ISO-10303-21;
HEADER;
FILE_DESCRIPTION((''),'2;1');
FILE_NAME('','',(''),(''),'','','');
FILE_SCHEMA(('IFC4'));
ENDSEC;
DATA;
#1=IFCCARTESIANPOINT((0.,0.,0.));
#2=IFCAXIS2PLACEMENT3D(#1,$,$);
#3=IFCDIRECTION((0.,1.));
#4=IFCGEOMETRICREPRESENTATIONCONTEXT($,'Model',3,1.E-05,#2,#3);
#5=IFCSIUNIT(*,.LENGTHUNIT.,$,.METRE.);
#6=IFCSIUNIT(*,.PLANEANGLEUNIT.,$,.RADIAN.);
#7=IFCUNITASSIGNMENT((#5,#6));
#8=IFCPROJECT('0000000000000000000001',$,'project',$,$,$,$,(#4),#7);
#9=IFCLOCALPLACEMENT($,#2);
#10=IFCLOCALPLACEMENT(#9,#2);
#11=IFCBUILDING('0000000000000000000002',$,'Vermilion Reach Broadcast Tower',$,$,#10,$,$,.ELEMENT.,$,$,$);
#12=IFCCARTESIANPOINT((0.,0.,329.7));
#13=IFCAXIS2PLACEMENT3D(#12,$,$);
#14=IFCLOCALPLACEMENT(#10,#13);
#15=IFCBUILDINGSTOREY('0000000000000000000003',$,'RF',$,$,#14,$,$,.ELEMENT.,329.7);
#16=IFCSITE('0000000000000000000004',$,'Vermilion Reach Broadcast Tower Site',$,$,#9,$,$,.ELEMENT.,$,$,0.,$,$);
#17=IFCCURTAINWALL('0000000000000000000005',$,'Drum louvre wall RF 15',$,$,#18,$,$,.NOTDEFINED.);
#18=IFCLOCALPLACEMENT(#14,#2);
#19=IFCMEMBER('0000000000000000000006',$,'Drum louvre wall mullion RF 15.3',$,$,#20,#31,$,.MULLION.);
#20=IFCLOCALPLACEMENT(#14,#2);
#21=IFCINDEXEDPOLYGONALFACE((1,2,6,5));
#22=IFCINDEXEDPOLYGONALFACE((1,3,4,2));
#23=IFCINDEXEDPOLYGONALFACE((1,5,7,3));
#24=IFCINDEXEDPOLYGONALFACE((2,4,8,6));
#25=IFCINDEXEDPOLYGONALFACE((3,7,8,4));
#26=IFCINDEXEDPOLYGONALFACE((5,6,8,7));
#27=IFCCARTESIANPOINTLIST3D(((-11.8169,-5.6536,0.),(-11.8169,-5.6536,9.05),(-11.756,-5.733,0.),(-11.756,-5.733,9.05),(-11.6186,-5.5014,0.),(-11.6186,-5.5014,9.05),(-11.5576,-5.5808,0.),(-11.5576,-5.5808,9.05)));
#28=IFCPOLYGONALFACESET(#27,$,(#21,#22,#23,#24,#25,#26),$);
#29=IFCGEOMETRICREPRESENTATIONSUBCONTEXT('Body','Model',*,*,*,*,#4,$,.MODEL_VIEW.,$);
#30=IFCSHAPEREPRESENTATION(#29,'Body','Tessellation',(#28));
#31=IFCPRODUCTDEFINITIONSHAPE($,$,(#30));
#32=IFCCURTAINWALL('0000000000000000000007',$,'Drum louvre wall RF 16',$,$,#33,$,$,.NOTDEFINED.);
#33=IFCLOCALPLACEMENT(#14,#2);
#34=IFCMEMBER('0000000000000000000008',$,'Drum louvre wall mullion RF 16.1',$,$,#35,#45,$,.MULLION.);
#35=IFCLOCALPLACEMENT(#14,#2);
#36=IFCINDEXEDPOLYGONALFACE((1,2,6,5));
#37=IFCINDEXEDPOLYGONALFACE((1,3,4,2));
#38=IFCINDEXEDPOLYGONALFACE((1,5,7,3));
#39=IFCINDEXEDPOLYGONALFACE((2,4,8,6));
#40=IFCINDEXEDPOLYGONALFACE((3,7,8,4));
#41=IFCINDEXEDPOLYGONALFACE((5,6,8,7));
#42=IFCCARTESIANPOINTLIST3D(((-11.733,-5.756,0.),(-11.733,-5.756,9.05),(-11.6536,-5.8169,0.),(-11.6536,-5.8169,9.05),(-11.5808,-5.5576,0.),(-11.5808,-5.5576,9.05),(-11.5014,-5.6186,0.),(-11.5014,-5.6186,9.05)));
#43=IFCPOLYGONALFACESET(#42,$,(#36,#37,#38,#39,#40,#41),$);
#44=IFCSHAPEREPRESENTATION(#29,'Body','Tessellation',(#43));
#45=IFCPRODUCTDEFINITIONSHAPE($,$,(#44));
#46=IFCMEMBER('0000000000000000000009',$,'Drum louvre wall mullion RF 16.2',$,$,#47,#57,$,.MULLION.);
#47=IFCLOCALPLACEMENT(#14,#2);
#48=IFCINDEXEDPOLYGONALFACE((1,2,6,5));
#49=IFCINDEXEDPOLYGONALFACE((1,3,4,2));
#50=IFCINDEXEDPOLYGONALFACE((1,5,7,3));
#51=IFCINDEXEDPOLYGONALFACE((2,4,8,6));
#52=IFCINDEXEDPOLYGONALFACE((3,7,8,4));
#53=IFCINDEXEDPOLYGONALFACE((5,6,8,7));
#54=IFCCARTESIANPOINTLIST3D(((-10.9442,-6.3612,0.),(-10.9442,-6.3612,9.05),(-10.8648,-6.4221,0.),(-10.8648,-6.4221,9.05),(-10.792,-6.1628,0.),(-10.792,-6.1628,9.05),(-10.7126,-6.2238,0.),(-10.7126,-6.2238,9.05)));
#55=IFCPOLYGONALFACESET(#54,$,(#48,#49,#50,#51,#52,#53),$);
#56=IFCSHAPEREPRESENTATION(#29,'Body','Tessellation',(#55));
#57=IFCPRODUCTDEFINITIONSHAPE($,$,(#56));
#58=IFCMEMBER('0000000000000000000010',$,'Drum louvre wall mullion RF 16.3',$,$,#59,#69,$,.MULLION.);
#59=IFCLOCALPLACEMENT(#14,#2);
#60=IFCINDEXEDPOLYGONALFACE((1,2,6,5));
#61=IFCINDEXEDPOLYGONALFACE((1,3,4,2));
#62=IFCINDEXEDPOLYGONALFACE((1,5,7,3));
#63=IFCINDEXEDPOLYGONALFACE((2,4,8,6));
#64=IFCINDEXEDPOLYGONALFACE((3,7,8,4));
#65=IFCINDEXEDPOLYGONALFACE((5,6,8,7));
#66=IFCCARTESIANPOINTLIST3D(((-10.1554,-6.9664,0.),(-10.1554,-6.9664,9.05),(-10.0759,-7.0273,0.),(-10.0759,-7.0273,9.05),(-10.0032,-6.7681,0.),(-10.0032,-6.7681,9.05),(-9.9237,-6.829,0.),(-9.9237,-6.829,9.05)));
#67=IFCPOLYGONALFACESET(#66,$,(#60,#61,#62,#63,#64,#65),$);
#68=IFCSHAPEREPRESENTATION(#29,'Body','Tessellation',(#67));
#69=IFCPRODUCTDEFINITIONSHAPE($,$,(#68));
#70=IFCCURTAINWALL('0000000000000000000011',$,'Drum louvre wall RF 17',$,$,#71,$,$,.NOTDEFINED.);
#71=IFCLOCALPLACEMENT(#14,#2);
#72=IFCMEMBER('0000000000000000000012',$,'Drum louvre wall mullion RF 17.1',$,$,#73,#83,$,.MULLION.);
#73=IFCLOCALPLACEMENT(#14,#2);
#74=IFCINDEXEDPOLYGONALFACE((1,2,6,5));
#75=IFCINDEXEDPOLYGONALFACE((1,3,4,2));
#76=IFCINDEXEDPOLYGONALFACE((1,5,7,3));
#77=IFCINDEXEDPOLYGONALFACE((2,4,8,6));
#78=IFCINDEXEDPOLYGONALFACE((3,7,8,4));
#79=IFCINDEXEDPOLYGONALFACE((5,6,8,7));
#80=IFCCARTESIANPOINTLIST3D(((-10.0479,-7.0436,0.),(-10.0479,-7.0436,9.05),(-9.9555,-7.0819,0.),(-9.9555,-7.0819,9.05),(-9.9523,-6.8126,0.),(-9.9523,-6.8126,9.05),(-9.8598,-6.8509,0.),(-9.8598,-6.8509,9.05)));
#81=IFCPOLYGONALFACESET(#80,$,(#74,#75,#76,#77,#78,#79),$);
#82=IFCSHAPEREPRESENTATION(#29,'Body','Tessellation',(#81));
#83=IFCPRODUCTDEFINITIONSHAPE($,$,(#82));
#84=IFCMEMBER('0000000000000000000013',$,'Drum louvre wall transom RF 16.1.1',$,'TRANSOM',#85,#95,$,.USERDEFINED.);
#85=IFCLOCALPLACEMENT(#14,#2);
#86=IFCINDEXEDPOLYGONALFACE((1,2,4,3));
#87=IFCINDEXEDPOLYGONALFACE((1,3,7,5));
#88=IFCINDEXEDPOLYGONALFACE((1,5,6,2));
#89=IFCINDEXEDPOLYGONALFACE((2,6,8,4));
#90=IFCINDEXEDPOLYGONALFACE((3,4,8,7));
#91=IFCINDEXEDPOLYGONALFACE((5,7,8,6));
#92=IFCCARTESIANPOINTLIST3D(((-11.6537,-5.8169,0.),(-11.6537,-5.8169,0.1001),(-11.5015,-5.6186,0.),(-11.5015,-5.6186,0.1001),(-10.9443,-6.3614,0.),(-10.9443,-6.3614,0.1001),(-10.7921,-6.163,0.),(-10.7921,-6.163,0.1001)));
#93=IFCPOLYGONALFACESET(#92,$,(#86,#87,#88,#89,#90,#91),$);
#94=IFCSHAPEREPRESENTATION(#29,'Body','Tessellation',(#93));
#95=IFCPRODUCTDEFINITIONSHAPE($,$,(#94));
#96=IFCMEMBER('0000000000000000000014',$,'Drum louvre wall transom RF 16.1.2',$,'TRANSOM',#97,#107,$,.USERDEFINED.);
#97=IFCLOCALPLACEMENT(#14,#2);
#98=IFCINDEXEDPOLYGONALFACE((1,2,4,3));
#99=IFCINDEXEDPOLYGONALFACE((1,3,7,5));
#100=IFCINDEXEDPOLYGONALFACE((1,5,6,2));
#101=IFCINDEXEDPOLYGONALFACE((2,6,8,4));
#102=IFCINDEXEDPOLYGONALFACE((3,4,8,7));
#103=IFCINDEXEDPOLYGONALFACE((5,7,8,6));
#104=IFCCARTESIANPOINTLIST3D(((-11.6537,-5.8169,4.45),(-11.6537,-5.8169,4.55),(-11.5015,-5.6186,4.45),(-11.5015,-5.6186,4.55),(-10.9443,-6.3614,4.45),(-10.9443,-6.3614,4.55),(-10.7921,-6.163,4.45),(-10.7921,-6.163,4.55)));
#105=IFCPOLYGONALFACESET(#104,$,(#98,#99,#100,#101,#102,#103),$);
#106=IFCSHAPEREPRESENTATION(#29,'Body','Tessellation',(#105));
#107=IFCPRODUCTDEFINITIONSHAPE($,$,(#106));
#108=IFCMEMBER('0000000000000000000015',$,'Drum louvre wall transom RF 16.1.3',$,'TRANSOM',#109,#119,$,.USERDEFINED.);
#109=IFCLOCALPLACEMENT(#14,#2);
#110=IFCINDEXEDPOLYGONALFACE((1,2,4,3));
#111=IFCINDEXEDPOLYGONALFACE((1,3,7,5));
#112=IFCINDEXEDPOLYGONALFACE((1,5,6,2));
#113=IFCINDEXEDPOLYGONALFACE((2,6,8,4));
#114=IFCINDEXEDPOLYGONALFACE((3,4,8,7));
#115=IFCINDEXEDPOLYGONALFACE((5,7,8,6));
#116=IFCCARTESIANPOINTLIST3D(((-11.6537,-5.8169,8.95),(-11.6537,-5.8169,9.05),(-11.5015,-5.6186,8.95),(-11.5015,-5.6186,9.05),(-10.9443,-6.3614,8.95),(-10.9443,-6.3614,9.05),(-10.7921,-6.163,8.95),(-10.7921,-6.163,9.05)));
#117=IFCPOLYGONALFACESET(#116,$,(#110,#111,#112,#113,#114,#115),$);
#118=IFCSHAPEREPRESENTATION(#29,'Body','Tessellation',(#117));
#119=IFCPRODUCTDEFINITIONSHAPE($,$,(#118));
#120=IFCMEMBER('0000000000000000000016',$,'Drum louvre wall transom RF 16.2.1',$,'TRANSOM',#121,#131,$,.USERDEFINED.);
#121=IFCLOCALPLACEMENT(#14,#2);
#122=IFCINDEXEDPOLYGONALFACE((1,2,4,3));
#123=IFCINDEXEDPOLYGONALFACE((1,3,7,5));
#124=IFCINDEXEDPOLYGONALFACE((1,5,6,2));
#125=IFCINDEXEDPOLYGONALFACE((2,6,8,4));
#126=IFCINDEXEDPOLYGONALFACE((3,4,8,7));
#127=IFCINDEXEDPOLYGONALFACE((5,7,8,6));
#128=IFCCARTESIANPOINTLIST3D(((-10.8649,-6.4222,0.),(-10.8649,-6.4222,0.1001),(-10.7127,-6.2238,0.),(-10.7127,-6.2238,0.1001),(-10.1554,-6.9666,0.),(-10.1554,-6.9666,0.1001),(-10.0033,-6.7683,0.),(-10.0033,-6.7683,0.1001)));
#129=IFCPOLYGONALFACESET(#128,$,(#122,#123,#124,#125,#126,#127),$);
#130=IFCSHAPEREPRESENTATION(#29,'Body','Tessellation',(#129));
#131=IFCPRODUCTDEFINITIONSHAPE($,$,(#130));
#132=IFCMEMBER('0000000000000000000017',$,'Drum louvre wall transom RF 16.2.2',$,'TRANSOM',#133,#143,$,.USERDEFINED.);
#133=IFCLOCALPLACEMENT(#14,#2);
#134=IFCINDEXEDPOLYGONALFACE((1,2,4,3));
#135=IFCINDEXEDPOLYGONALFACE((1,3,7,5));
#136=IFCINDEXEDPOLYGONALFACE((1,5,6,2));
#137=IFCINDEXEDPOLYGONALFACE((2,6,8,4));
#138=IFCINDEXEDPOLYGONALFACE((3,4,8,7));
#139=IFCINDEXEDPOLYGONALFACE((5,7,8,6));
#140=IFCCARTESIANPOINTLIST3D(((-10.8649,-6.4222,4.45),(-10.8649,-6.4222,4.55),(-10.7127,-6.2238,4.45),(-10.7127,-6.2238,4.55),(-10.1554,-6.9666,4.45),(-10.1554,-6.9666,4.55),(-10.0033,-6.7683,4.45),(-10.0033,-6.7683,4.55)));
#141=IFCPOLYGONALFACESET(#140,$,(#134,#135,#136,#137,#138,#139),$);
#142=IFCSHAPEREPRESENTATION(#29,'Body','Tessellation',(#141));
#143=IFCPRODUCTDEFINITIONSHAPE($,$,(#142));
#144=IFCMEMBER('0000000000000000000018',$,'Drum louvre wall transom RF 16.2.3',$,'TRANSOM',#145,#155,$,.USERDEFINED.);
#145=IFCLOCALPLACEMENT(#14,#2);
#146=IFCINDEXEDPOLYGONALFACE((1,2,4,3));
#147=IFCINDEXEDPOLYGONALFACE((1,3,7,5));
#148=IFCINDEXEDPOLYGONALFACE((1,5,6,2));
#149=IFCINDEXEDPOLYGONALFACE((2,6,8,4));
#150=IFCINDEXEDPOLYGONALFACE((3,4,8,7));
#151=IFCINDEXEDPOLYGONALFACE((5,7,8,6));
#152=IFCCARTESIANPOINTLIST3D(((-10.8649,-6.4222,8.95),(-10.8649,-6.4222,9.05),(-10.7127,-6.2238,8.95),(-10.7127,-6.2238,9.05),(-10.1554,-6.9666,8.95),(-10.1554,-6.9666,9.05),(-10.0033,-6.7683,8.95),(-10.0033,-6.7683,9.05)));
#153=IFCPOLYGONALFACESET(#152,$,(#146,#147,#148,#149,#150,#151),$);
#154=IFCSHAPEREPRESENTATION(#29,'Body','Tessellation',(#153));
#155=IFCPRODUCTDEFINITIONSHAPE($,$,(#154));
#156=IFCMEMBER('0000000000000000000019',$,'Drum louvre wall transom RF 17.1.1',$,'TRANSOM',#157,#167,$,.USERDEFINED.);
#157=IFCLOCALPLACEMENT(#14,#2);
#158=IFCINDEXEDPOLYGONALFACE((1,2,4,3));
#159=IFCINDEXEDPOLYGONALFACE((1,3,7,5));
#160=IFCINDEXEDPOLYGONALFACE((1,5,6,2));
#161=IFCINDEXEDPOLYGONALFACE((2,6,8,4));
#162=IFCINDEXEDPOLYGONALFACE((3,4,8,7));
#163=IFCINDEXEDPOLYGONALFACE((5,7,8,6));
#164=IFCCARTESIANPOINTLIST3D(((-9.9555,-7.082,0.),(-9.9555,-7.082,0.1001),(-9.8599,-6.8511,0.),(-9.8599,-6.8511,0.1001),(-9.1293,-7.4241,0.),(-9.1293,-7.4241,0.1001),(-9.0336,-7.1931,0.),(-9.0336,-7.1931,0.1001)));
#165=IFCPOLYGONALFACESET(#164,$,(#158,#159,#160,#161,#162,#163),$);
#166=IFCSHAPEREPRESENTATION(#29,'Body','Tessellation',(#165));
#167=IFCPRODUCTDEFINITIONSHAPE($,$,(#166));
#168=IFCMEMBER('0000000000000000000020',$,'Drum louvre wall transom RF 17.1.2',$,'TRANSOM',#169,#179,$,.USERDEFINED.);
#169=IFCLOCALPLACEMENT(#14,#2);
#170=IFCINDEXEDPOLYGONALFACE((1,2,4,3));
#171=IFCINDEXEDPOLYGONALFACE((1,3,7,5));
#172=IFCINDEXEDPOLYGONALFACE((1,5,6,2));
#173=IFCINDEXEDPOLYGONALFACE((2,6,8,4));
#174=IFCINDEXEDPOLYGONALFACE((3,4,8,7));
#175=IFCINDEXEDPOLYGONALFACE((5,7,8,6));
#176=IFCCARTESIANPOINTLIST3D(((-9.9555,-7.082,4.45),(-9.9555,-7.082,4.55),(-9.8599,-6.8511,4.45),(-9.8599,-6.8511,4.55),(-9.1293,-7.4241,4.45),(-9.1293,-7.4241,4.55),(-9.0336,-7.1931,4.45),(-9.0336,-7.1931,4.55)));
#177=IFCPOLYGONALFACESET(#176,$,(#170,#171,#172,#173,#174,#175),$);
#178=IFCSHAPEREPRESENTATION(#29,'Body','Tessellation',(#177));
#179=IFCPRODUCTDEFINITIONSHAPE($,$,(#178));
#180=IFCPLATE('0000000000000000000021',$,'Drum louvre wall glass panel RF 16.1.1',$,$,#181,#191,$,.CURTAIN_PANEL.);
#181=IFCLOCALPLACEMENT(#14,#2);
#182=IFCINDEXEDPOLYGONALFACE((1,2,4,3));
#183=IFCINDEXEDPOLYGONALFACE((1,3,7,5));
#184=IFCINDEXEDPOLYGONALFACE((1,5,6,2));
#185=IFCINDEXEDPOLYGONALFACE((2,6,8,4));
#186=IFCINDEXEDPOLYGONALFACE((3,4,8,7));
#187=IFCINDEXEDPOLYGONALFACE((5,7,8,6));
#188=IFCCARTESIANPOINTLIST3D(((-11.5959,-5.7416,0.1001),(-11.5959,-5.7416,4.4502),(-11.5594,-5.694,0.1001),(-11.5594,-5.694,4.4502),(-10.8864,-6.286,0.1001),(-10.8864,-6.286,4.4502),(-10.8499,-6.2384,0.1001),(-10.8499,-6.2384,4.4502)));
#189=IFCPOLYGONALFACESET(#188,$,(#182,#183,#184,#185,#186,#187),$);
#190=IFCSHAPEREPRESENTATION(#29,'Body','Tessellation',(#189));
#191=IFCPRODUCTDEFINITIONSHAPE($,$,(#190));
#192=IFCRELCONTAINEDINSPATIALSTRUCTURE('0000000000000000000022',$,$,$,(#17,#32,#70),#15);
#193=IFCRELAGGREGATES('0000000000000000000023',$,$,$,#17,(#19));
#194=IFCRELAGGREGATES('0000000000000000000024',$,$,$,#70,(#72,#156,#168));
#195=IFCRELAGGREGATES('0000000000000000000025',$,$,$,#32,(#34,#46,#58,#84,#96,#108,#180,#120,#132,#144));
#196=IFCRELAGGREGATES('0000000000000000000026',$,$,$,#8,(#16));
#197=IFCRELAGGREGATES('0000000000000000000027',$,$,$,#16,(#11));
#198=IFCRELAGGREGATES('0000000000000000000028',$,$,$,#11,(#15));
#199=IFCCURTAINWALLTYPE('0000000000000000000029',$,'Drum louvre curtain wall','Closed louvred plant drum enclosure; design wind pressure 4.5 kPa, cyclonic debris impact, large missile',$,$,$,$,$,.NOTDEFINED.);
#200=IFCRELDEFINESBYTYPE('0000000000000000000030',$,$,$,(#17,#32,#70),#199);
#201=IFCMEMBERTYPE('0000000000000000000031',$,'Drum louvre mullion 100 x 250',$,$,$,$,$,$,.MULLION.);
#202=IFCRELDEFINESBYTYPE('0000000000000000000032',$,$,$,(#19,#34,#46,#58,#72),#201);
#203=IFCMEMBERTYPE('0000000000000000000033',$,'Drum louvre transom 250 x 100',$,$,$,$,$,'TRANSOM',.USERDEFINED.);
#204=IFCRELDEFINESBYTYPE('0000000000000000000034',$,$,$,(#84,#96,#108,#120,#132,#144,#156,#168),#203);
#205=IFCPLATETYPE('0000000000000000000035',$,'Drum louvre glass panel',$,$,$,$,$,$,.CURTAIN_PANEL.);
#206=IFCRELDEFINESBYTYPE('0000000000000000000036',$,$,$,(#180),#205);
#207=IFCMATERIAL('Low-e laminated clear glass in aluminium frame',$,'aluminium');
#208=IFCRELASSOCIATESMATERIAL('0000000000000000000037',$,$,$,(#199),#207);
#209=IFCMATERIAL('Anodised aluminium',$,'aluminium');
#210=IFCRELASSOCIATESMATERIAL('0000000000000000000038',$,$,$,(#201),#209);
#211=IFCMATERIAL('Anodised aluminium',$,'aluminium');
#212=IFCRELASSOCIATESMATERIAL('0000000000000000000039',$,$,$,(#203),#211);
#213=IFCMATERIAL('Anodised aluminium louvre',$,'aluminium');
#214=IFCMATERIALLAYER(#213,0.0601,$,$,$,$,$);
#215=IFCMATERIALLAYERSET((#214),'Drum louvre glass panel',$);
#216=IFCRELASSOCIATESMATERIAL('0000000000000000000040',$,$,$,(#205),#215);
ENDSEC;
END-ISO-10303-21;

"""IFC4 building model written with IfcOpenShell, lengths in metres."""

from ifc_helpers import new_model, si_unit, direction, frame, origin, origin_2d, place, context, subcontext, project, spatial, rectangle, extrude, material, layer, layer_set, material_profile, profile_set, type_object, element, aggregate, save


model = new_model("IFC4")

# Units and contexts
model_context = context("Model", 3, precision=1e-05, world=origin(), true_north=direction((0.0, 1.0)))
body_context = subcontext(model_context, "Body", "Model", "MODEL_VIEW")
ifc_project = project(units=[si_unit("LENGTHUNIT", "METRE"), si_unit("PLANEANGLEUNIT", "RADIAN")], contexts=[model_context])

# Site, building, storey
site_placement = place(None, origin())
site = spatial("IfcSite", under=ifc_project, at=site_placement, Name="Vermilion Reach Broadcast Tower Site", CompositionType="ELEMENT", RefElevation=0.0)
building_placement = place(site_placement, origin())
building = spatial("IfcBuilding", under=site, at=building_placement, Name="Vermilion Reach Broadcast Tower", CompositionType="ELEMENT")
storey_placement = place(building_placement, frame((0.0, 0.0, 329.7)))
storey = spatial("IfcBuildingStorey", under=building, at=storey_placement, Name="RF", CompositionType="ELEMENT", Elevation=329.7)

# Curtain wall, member
ifc_material_1 = material(Name="Low-e laminated clear glass in aluminium frame", Category="aluminium")
curtain_wall_type = type_object("IfcCurtainWallType", Name="Drum louvre curtain wall", Description="Closed louvred plant drum enclosure; design wind pressure 4.5 kPa, cyclonic debris impact, large missile", PredefinedType="NOTDEFINED", material=ifc_material_1)
placement = place(storey_placement, origin())
curtain_wall_1 = element("IfcCurtainWall", 1, at=placement, inside=storey, type_object=curtain_wall_type, Name="Drum louvre wall RF 15", PredefinedType="NOTDEFINED")
ifc_material_2 = material(Name="Anodised aluminium", Category="aluminium")
ifc_material_profile_1 = material_profile(ifc_material_2, rectangle(XDim=0.25, YDim=0.1001, at=origin_2d()), Name="Drum louvre mullion 100 x 250")
ifc_profile_set_1 = profile_set([ifc_material_profile_1], Name="Anodised aluminium")
member_type_1 = type_object("IfcMemberType", Name="Drum louvre mullion 100 x 250", PredefinedType="MULLION", material=ifc_profile_set_1)
member_1_placement = place(storey_placement, frame((-11.6873, -5.6172, 0.0), z_axis=(0.0, 0.0, 1.0), x_axis=(0.793353, 0.608761, 0.0)))
member_1 = element("IfcMember", 2, at=member_1_placement, type_object=member_type_1, Name="Drum louvre wall mullion RF 15.3", PredefinedType="MULLION", context=body_context, shape_type="SweptSolid", body=[
    extrude(rectangle(XDim=0.25, YDim=0.1001, at=origin_2d()), origin(), (0.0, 0.0, 1.0), 9.05),
])
aggregate(curtain_wall_1, [member_1])

# Curtain wall, members
curtain_wall_2 = element("IfcCurtainWall", 3, at=placement, inside=storey, type_object=curtain_wall_type, Name="Drum louvre wall RF 16", PredefinedType="NOTDEFINED")
member_2_placement = place(storey_placement, frame((-11.6172, -5.6873, 0.0), z_axis=(0.0, 0.0, 1.0), x_axis=(0.608761, 0.793353, 0.0)))
member_2 = element("IfcMember", 4, at=member_2_placement, type_object=member_type_1, Name="Drum louvre wall mullion RF 16.1", PredefinedType="MULLION", context=body_context, shape_type="SweptSolid", body=[
    extrude(rectangle(XDim=0.25, YDim=0.1001, at=origin_2d()), origin(), (0.0, 0.0, 1.0), 9.05),
])
member_3_placement = place(storey_placement, frame((-10.8284, -6.2925, 0.0), z_axis=(0.0, 0.0, 1.0), x_axis=(0.608761, 0.793353, 0.0)))
member_3 = element("IfcMember", 5, at=member_3_placement, type_object=member_type_1, Name="Drum louvre wall mullion RF 16.2", PredefinedType="MULLION", context=body_context, shape_type="SweptSolid", body=[
    extrude(rectangle(XDim=0.25, YDim=0.1001, at=origin_2d()), origin(), (0.0, 0.0, 1.0), 9.05),
])
member_4_placement = place(storey_placement, frame((-10.0396, -6.8977, 0.0), z_axis=(0.0, 0.0, 1.0), x_axis=(0.608761, 0.793353, 0.0)))
member_4 = element("IfcMember", 6, at=member_4_placement, type_object=member_type_1, Name="Drum louvre wall mullion RF 16.3", PredefinedType="MULLION", context=body_context, shape_type="SweptSolid", body=[
    extrude(rectangle(XDim=0.25, YDim=0.1001, at=origin_2d()), origin(), (0.0, 0.0, 1.0), 9.05),
])

# Curtain wall, member
curtain_wall_3 = element("IfcCurtainWall", 7, at=placement, inside=storey, type_object=curtain_wall_type, Name="Drum louvre wall RF 17", PredefinedType="NOTDEFINED")
member_5_placement = place(storey_placement, frame((-9.9539, -6.9473, 0.0), z_axis=(0.0, 0.0, 1.0), x_axis=(0.382683, 0.92388, 0.0)))
member_5 = element("IfcMember", 8, at=member_5_placement, type_object=member_type_1, Name="Drum louvre wall mullion RF 17.1", PredefinedType="MULLION", context=body_context, shape_type="SweptSolid", body=[
    extrude(rectangle(XDim=0.25, YDim=0.1001, at=origin_2d()), origin(), (0.0, 0.0, 1.0), 9.05),
])

# Members
ifc_material_3 = material(Name="Anodised aluminium", Category="aluminium")
ifc_material_profile_2 = material_profile(ifc_material_3, rectangle(XDim=0.25, YDim=0.1001, at=origin_2d()), Name="Drum louvre transom 250 x 100")
ifc_profile_set_2 = profile_set([ifc_material_profile_2], Name="Anodised aluminium")
member_type_2 = type_object("IfcMemberType", Name="Drum louvre transom 250 x 100", ElementType="TRANSOM", PredefinedType="USERDEFINED", material=ifc_profile_set_2)
member_6_placement = place(storey_placement, frame((-11.5776, -5.7178, 0.05), z_axis=(0.793334, -0.608787, 0.0), x_axis=(0.608787, 0.793334, 0.0)))
member_6 = element("IfcMember", 9, at=member_6_placement, type_object=member_type_2, Name="Drum louvre wall transom RF 16.1.1", ObjectType="TRANSOM", PredefinedType="USERDEFINED", context=body_context, shape_type="SweptSolid", body=[
    extrude(rectangle(XDim=0.25, YDim=0.1001, at=origin_2d()), origin(), (0.0, 0.0, 1.0), 0.8943),
])
member_7_placement = place(storey_placement, frame((-11.5776, -5.7178, 4.5), z_axis=(0.793334, -0.608787, 0.0), x_axis=(0.608787, 0.793334, 0.0)))
member_7 = element("IfcMember", 10, at=member_7_placement, type_object=member_type_2, Name="Drum louvre wall transom RF 16.1.2", ObjectType="TRANSOM", PredefinedType="USERDEFINED", context=body_context, shape_type="SweptSolid", body=[
    extrude(rectangle(XDim=0.25, YDim=0.1001, at=origin_2d()), origin(), (0.0, 0.0, 1.0), 0.8943),
])
member_8_placement = place(storey_placement, frame((-11.5776, -5.7178, 9.0), z_axis=(0.793334, -0.608787, 0.0), x_axis=(0.608787, 0.793334, 0.0)))
member_8 = element("IfcMember", 11, at=member_8_placement, type_object=member_type_2, Name="Drum louvre wall transom RF 16.1.3", ObjectType="TRANSOM", PredefinedType="USERDEFINED", context=body_context, shape_type="SweptSolid", body=[
    extrude(rectangle(XDim=0.25, YDim=0.1001, at=origin_2d()), origin(), (0.0, 0.0, 1.0), 0.8943),
])
member_9_placement = place(storey_placement, frame((-10.7888, -6.323, 0.05), z_axis=(0.793334, -0.608787, 0.0), x_axis=(0.608787, 0.793334, 0.0)))
member_9 = element("IfcMember", 12, at=member_9_placement, type_object=member_type_2, Name="Drum louvre wall transom RF 16.2.1", ObjectType="TRANSOM", PredefinedType="USERDEFINED", context=body_context, shape_type="SweptSolid", body=[
    extrude(rectangle(XDim=0.25, YDim=0.1001, at=origin_2d()), origin(), (0.0, 0.0, 1.0), 0.8943),
])
member_10_placement = place(storey_placement, frame((-10.7888, -6.323, 4.5), z_axis=(0.793334, -0.608787, 0.0), x_axis=(0.608787, 0.793334, 0.0)))
member_10 = element("IfcMember", 13, at=member_10_placement, type_object=member_type_2, Name="Drum louvre wall transom RF 16.2.2", ObjectType="TRANSOM", PredefinedType="USERDEFINED", context=body_context, shape_type="SweptSolid", body=[
    extrude(rectangle(XDim=0.25, YDim=0.1001, at=origin_2d()), origin(), (0.0, 0.0, 1.0), 0.8943),
])
member_11_placement = place(storey_placement, frame((-10.7888, -6.323, 9.0), z_axis=(0.793334, -0.608787, 0.0), x_axis=(0.608787, 0.793334, 0.0)))
member_11 = element("IfcMember", 14, at=member_11_placement, type_object=member_type_2, Name="Drum louvre wall transom RF 16.2.3", ObjectType="TRANSOM", PredefinedType="USERDEFINED", context=body_context, shape_type="SweptSolid", body=[
    extrude(rectangle(XDim=0.25, YDim=0.1001, at=origin_2d()), origin(), (0.0, 0.0, 1.0), 0.8943),
])
member_12_placement = place(storey_placement, frame((-9.9077, -6.9666, 0.05), z_axis=(0.923947, -0.382521, 0.0), x_axis=(0.382521, 0.923947, 0.0)))
member_12 = element("IfcMember", 15, at=member_12_placement, type_object=member_type_2, Name="Drum louvre wall transom RF 17.1.1", ObjectType="TRANSOM", PredefinedType="USERDEFINED", context=body_context, shape_type="SweptSolid", body=[
    extrude(rectangle(XDim=0.25, YDim=0.1001, at=origin_2d()), origin(), (0.0, 0.0, 1.0), 0.8943),
])
member_13_placement = place(storey_placement, frame((-9.9077, -6.9666, 4.5), z_axis=(0.923947, -0.382521, 0.0), x_axis=(0.382521, 0.923947, 0.0)))
member_13 = element("IfcMember", 16, at=member_13_placement, type_object=member_type_2, Name="Drum louvre wall transom RF 17.1.2", ObjectType="TRANSOM", PredefinedType="USERDEFINED", context=body_context, shape_type="SweptSolid", body=[
    extrude(rectangle(XDim=0.25, YDim=0.1001, at=origin_2d()), origin(), (0.0, 0.0, 1.0), 0.8943),
])
aggregate(curtain_wall_3, [member_5, member_12, member_13])

# Plate
ifc_material_4 = material(Name="Anodised aluminium louvre", Category="aluminium")
ifc_layer_1 = layer(ifc_material_4, 0.0601)
ifc_layer_set_1 = layer_set([ifc_layer_1], Name="Drum louvre glass panel")
plate_type = type_object("IfcPlateType", Name="Drum louvre glass panel", PredefinedType="CURTAIN_PANEL", material=ifc_layer_set_1)
plate_1_placement = place(storey_placement, frame((-11.2229, -5.99, 0.1001), z_axis=(0.0, 0.0, 1.0), x_axis=(0.793353, -0.608761, 0.0)))
plate_1 = element("IfcPlate", 17, at=plate_1_placement, type_object=plate_type, Name="Drum louvre wall glass panel RF 16.1.1", PredefinedType="CURTAIN_PANEL", context=body_context, shape_type="SweptSolid", body=[
    extrude(rectangle(XDim=0.8943, YDim=0.0601, at=origin_2d()), origin(), (0.0, 0.0, 1.0), 4.3501),
])
aggregate(curtain_wall_2, [member_2, member_3, member_4, member_6, member_7, member_8, plate_1, member_9, member_10, member_11])

save(model, "model.ifc")
